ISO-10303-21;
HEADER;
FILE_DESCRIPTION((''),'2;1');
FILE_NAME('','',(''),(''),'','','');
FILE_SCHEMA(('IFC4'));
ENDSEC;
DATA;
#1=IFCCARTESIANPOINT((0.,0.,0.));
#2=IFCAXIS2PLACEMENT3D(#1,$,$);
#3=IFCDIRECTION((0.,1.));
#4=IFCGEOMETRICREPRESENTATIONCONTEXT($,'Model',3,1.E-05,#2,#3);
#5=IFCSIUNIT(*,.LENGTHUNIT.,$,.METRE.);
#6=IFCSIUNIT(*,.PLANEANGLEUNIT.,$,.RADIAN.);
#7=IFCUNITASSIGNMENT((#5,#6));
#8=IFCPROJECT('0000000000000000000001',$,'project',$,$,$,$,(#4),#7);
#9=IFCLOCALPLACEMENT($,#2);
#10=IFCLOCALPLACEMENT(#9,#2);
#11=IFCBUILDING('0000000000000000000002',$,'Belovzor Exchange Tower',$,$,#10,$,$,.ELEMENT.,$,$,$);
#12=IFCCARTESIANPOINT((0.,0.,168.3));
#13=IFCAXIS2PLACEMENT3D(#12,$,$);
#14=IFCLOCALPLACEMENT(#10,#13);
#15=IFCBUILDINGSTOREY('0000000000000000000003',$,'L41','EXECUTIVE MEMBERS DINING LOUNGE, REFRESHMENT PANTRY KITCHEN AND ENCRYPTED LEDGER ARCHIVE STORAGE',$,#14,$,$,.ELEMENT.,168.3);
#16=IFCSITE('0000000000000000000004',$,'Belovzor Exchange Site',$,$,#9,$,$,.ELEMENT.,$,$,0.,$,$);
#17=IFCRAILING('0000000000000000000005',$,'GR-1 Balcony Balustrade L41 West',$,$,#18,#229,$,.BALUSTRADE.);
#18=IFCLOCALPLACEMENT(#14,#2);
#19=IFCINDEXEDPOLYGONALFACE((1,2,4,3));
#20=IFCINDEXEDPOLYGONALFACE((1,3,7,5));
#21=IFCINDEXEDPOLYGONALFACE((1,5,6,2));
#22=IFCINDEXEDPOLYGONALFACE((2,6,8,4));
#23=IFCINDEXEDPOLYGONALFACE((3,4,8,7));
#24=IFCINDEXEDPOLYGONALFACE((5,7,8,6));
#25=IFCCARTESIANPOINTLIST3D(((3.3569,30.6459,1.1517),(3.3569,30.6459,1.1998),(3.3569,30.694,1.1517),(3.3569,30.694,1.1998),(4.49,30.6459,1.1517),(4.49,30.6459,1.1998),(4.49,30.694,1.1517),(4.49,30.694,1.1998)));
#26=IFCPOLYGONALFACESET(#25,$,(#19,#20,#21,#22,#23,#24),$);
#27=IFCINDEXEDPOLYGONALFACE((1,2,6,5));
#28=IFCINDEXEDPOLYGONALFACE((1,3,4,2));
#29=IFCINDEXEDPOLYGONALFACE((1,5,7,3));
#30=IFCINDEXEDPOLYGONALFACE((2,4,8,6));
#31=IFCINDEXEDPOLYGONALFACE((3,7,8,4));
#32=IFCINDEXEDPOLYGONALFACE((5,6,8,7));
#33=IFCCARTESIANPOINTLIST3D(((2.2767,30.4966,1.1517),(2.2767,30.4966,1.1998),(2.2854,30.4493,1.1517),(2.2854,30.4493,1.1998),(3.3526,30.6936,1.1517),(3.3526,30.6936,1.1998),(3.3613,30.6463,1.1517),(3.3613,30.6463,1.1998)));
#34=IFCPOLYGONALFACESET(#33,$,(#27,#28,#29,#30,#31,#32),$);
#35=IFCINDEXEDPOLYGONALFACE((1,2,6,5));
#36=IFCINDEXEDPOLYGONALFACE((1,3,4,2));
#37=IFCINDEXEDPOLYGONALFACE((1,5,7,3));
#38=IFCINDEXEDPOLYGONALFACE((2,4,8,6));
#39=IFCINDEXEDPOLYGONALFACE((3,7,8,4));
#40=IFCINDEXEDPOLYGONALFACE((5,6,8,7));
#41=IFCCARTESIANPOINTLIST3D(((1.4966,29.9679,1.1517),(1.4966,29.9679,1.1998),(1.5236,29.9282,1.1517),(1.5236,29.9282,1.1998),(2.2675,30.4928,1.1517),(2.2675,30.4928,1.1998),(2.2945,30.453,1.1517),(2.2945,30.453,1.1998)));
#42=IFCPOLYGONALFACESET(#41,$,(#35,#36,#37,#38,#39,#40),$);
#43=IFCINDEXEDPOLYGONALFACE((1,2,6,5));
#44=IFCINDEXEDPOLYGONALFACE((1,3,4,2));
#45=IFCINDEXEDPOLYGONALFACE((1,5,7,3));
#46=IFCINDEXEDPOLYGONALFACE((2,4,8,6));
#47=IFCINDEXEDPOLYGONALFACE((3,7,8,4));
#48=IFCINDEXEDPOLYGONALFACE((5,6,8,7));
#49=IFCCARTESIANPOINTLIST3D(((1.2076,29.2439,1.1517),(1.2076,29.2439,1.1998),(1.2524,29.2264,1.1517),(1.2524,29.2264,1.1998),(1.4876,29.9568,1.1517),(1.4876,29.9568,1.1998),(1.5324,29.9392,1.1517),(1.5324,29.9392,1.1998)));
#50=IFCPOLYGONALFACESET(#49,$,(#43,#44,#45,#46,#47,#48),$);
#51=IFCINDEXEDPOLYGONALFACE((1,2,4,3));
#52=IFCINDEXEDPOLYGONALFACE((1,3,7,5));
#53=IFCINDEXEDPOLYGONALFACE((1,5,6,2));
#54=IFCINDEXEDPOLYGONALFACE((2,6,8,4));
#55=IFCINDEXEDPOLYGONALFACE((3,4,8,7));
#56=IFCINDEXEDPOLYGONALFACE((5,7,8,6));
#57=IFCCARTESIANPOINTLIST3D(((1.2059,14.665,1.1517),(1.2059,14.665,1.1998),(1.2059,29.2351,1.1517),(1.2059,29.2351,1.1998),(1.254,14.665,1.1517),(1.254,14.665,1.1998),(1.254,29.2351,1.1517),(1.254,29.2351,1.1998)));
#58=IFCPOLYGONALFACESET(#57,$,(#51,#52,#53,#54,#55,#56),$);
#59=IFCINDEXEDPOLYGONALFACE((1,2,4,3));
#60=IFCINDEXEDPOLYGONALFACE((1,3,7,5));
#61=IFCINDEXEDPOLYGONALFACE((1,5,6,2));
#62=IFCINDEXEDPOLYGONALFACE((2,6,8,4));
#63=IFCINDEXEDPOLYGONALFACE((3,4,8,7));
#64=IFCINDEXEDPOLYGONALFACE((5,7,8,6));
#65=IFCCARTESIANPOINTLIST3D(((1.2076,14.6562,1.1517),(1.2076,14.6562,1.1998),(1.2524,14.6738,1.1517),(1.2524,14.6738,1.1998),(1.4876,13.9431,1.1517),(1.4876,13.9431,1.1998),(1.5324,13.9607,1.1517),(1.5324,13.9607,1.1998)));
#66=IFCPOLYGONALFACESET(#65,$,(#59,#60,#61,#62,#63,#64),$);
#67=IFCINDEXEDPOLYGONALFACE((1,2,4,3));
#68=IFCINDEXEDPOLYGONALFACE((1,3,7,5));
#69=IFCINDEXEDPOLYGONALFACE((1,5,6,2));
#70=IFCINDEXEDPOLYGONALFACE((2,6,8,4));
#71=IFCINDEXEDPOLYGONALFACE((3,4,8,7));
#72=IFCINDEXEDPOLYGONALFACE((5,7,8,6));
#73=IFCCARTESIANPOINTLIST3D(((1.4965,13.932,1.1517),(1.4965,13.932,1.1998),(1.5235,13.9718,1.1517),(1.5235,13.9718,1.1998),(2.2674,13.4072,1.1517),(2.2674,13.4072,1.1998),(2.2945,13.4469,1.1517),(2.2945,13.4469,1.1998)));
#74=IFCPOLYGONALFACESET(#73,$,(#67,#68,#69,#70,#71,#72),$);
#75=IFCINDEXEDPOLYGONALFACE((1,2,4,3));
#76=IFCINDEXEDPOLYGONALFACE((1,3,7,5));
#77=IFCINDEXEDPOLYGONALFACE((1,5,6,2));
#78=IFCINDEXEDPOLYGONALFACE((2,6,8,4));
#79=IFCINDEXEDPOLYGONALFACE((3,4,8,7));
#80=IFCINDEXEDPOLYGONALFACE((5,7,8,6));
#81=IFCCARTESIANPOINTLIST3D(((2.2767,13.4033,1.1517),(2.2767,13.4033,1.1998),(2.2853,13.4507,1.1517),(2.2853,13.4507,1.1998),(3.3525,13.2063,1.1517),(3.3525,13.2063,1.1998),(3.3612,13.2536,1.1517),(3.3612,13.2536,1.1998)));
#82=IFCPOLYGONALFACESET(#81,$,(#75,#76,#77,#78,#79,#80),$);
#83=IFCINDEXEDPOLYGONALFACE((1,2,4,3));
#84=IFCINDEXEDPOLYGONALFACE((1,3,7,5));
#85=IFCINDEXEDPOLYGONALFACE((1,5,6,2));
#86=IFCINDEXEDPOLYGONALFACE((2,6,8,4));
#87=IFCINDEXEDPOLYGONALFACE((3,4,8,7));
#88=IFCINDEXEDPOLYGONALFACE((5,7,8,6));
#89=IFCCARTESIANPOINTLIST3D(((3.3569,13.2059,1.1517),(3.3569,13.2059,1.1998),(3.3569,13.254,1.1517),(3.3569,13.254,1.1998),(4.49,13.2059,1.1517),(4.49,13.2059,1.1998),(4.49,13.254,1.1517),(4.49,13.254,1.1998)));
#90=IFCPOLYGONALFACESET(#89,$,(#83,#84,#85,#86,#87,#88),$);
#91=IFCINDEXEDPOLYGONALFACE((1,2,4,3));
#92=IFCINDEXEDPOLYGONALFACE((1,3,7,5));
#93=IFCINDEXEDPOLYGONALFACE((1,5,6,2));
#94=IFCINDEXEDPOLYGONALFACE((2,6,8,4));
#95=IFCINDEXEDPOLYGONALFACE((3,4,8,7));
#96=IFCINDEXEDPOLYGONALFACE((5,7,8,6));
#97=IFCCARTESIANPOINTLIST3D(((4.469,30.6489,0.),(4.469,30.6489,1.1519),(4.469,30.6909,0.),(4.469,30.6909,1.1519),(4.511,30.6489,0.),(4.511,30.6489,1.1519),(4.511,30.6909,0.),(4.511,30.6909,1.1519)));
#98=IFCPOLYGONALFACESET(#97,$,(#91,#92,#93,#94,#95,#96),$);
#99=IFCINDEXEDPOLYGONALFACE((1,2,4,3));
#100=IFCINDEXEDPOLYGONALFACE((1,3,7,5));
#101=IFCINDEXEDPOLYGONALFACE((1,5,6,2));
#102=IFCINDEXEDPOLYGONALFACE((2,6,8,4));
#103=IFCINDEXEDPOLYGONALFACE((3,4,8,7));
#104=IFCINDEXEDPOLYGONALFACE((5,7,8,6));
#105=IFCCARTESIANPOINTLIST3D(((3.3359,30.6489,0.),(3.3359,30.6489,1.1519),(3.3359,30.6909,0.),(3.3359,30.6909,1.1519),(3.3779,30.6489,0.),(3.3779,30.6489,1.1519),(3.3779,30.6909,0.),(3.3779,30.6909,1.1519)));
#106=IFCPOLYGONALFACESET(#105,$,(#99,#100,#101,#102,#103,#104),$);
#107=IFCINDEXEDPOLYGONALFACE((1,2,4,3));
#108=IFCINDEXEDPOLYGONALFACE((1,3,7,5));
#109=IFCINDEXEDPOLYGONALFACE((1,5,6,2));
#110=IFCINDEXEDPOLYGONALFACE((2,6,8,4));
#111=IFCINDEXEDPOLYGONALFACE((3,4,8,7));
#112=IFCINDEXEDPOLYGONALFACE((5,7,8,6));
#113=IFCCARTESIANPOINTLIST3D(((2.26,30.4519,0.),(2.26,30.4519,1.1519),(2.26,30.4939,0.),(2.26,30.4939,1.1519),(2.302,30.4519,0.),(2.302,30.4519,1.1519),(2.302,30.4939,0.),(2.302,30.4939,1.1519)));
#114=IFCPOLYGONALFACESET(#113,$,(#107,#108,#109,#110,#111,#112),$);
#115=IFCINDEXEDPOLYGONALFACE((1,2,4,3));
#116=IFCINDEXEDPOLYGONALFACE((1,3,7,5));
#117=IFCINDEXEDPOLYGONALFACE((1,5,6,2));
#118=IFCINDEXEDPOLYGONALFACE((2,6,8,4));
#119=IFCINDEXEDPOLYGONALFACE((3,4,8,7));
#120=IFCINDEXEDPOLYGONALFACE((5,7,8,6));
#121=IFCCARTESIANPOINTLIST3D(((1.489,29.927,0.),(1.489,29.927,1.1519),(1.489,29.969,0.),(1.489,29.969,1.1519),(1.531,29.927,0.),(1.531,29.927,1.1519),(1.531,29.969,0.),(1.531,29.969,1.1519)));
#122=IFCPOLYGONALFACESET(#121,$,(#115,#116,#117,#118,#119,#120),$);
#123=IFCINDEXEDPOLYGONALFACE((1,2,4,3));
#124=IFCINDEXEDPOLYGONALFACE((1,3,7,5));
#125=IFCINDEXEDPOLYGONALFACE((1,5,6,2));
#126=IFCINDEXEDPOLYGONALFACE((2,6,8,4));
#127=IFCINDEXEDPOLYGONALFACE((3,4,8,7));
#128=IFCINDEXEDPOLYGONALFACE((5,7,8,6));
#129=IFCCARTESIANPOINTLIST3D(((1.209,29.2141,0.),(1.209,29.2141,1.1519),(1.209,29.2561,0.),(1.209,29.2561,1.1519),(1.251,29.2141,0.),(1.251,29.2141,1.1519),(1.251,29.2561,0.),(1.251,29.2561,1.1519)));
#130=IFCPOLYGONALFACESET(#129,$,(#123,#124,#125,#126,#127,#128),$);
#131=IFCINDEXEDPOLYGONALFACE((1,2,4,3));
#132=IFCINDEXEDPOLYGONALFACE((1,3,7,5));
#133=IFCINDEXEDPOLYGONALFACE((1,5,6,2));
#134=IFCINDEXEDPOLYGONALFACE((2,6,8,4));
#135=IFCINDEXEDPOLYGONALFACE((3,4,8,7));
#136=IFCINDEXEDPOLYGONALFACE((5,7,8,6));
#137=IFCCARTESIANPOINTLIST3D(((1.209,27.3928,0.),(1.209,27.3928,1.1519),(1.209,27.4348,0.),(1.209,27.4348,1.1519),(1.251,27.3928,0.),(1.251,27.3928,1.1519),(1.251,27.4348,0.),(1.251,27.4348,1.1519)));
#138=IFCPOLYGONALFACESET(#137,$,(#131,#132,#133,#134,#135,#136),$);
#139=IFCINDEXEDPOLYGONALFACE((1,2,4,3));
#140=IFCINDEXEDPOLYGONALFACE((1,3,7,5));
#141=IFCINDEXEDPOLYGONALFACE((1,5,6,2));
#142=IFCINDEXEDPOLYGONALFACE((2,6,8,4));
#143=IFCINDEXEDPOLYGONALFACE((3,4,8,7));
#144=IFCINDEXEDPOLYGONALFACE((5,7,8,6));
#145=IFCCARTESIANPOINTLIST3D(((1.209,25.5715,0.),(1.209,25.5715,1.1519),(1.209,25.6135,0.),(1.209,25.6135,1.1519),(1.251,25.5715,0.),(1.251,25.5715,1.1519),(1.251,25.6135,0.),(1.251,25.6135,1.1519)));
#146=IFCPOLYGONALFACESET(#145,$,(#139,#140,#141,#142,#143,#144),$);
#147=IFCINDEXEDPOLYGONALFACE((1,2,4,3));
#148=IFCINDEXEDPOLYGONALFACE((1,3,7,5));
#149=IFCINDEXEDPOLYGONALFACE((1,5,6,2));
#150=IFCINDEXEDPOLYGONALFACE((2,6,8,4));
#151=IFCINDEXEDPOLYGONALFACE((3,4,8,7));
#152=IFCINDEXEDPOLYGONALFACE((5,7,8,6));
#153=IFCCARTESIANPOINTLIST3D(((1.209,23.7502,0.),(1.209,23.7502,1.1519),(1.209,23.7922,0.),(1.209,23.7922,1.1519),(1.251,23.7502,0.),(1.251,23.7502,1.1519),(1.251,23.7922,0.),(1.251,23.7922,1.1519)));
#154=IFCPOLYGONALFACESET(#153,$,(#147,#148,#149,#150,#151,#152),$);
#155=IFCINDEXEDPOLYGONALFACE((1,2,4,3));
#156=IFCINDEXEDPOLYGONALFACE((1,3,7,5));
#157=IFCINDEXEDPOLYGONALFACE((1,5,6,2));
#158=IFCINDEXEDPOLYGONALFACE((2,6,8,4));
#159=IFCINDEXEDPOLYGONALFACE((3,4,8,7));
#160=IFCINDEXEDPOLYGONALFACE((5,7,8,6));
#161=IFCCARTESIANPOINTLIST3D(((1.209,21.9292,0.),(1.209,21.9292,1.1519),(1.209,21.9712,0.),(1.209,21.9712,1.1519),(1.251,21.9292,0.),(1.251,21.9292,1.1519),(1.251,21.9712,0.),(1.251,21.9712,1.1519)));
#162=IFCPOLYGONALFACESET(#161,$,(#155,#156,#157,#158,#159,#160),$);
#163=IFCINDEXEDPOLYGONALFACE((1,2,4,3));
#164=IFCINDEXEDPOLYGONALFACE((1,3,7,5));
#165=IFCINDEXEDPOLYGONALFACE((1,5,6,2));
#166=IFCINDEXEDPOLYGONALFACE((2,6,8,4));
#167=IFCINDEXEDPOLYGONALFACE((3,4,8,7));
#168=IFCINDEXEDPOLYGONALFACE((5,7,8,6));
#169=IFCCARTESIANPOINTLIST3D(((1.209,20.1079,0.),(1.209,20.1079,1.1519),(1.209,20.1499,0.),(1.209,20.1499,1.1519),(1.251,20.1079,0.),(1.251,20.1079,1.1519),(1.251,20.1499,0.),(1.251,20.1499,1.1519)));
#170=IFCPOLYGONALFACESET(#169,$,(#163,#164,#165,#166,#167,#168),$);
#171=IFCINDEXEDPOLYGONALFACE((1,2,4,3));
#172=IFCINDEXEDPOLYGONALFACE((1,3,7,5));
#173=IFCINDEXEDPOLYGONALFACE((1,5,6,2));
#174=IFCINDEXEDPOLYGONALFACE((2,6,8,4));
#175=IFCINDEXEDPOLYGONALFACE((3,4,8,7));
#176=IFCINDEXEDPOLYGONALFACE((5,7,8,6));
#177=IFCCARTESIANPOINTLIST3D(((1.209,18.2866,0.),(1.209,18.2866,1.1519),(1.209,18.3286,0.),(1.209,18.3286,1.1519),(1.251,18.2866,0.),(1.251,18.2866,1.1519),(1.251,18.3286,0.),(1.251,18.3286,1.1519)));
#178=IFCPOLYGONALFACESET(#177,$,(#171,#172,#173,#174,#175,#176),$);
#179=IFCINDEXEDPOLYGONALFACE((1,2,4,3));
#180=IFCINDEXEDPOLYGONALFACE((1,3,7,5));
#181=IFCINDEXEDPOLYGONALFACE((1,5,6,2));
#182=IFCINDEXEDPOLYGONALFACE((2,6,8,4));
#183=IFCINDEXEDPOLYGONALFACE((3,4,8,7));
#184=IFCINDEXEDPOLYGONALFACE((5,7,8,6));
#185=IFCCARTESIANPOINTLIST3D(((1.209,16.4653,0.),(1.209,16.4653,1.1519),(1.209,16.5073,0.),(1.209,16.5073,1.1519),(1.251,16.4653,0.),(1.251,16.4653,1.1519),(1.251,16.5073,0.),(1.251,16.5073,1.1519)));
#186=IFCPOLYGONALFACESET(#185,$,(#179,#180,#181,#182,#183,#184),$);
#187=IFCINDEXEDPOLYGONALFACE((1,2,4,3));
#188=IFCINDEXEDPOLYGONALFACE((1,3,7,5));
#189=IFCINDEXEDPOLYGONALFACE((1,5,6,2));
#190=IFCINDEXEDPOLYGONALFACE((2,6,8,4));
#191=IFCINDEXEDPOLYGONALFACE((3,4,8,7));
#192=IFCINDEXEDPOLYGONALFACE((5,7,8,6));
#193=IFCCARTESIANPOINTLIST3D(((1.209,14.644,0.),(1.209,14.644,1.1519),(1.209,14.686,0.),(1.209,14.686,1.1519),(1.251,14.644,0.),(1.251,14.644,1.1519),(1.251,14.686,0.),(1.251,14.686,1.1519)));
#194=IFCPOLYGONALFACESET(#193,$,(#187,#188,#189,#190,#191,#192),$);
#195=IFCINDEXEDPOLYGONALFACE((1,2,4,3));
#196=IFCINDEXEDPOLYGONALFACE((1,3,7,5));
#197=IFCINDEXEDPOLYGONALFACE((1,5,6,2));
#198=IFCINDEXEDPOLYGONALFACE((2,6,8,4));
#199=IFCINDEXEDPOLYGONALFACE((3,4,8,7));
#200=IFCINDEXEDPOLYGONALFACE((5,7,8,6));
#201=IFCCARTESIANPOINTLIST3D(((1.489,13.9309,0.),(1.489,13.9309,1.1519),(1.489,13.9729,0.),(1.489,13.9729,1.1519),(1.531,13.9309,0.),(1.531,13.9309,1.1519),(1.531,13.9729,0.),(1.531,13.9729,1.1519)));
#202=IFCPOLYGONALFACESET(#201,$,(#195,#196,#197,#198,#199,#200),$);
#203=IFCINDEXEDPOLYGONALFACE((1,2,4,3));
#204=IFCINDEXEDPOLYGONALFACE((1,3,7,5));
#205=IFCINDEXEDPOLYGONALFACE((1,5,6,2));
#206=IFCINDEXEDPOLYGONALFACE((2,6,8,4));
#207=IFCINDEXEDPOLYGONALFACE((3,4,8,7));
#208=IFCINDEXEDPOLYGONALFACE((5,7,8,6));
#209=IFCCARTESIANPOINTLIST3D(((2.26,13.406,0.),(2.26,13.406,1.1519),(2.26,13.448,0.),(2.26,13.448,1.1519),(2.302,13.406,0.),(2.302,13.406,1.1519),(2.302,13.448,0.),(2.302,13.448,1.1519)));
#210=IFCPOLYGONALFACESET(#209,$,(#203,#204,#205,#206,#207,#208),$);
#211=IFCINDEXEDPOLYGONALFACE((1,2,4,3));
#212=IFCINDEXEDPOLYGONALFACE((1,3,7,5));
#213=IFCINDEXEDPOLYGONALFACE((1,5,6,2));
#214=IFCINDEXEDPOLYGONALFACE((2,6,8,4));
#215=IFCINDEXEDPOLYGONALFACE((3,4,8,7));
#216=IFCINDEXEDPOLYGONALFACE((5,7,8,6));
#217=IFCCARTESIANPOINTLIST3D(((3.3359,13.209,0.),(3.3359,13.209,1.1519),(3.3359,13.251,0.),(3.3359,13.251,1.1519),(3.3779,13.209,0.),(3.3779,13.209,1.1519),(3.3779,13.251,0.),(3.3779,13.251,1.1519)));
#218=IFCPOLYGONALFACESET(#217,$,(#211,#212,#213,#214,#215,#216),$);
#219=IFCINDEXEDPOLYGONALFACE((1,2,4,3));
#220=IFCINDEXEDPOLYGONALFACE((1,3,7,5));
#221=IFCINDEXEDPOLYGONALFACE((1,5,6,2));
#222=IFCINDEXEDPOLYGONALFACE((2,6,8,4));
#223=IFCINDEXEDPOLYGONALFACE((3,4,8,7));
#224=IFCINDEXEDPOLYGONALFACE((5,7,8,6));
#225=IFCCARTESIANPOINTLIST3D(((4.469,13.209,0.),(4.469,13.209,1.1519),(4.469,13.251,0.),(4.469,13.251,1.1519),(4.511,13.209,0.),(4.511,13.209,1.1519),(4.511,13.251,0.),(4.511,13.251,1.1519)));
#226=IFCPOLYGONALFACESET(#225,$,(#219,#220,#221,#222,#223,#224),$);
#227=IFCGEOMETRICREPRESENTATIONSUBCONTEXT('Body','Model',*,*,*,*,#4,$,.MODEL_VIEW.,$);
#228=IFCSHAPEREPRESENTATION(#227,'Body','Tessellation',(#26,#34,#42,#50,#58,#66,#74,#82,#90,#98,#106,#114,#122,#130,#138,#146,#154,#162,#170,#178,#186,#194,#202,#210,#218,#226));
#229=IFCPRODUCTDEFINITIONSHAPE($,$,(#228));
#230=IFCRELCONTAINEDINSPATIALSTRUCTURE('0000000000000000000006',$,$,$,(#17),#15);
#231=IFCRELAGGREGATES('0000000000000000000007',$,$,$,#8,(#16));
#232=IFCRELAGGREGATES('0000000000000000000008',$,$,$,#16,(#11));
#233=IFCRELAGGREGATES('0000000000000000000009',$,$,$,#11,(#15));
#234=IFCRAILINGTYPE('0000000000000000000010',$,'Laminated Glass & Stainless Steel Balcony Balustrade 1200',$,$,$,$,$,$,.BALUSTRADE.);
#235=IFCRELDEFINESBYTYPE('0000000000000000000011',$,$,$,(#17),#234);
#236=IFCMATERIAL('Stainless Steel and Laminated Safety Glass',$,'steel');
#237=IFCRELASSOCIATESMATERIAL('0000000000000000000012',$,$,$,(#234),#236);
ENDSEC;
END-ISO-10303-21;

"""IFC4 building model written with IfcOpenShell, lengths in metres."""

from ifc_helpers import new_model, si_unit, direction, frame, origin, origin_2d, place, context, subcontext, project, spatial, rectangle, extrude, material, type_object, element, save


model = new_model("IFC4")

# Units and contexts
model_context = context("Model", 3, precision=1e-05, world=origin(), true_north=direction((0.0, 1.0)))
body_context = subcontext(model_context, "Body", "Model", "MODEL_VIEW")
ifc_project = project(units=[si_unit("LENGTHUNIT", "METRE"), si_unit("PLANEANGLEUNIT", "RADIAN")], contexts=[model_context])

# Site, building, storey
site_placement = place(None, origin())
site = spatial("IfcSite", under=ifc_project, at=site_placement, Name="Belovzor Exchange Site", CompositionType="ELEMENT", RefElevation=0.0)
building_placement = place(site_placement, origin())
building = spatial("IfcBuilding", under=site, at=building_placement, Name="Belovzor Exchange Tower", CompositionType="ELEMENT")
storey_placement = place(building_placement, frame((0.0, 0.0, 168.3)))
storey = spatial("IfcBuildingStorey", under=building, at=storey_placement, Name="L41", Description="EXECUTIVE MEMBERS DINING LOUNGE, REFRESHMENT PANTRY KITCHEN AND ENCRYPTED LEDGER ARCHIVE STORAGE", CompositionType="ELEMENT", Elevation=168.3)

# Railing
ifc_material_1 = material(Name="Stainless Steel and Laminated Safety Glass", Category="steel")
railing_type = type_object("IfcRailingType", Name="Laminated Glass & Stainless Steel Balcony Balustrade 1200", PredefinedType="BALUSTRADE", material=ifc_material_1)
railing_placement = place(storey_placement, frame((4.49, 30.6699, 0.0)))
element("IfcRailing", 1, at=railing_placement, inside=storey, type_object=railing_type, Name="GR-1 Balcony Balustrade L41 West", PredefinedType="BALUSTRADE", context=body_context, shape_type="SweptSolid", body=[
    extrude(rectangle(XDim=0.0481, YDim=0.0481, at=origin_2d()), frame((0.0, 0.0, 1.1758), z_axis=(-1.0, 0.0, 0.0), x_axis=(0.0, -1.0, 0.0)), (0.0, 0.0, 1.0), 1.1331),
    extrude(rectangle(XDim=0.0481, YDim=0.0481, at=origin_2d()), frame((-1.1331, 0.0, 1.1758), z_axis=(-0.983644, -0.180123, 0.0), x_axis=(0.180123, -0.983644, 0.0)), (0.0, 0.0, 1.0), 1.0938),
    extrude(rectangle(XDim=0.0481, YDim=0.0481, at=origin_2d()), frame((-2.209, -0.197, 1.1758), z_axis=(-0.826615, -0.562768, 0.0), x_axis=(0.562768, -0.826615, 0.0)), (0.0, 0.0, 1.0), 0.9326),
    extrude(rectangle(XDim=0.0481, YDim=0.0481, at=origin_2d()), frame((-2.98, -0.7219, 1.1758), z_axis=(-0.365613, -0.930767, 0.0), x_axis=(0.930767, -0.365613, 0.0)), (0.0, 0.0, 1.0), 0.7659),
    extrude(rectangle(XDim=0.0481, YDim=0.0481, at=origin_2d()), frame((-3.26, -1.4348, 1.1758), z_axis=(0.0, -1.0, 0.0), x_axis=(1.0, 0.0, 0.0)), (0.0, 0.0, 1.0), 14.5701),
    extrude(rectangle(XDim=0.0481, YDim=0.0481, at=origin_2d()), frame((-3.26, -16.0049, 1.1758), z_axis=(0.365504, -0.93081, 0.0), x_axis=(0.93081, 0.365504, 0.0)), (0.0, 0.0, 1.0), 0.7661),
    extrude(rectangle(XDim=0.0481, YDim=0.0481, at=origin_2d()), frame((-2.98, -16.718, 1.1758), z_axis=(0.826615, -0.562768, 0.0), x_axis=(0.562768, 0.826615, 0.0)), (0.0, 0.0, 1.0), 0.9326),
    extrude(rectangle(XDim=0.0481, YDim=0.0481, at=origin_2d()), frame((-2.209, -17.2429, 1.1758), z_axis=(0.983644, -0.180123, 0.0), x_axis=(0.180123, 0.983644, 0.0)), (0.0, 0.0, 1.0), 1.0938),
    extrude(rectangle(XDim=0.0481, YDim=0.0481, at=origin_2d()), frame((-1.1331, -17.4399, 1.1758), z_axis=(1.0, 0.0, 0.0), x_axis=(0.0, 1.0, 0.0)), (0.0, 0.0, 1.0), 1.1331),
    extrude(rectangle(XDim=0.042, YDim=0.042, at=origin_2d()), origin(), (0.0, 0.0, 1.0), 1.1519),
    extrude(rectangle(XDim=0.042, YDim=0.042, at=origin_2d()), frame((-1.1331, 0.0, 0.0)), (0.0, 0.0, 1.0), 1.1519),
    extrude(rectangle(XDim=0.042, YDim=0.042, at=origin_2d()), frame((-2.209, -0.197, 0.0)), (0.0, 0.0, 1.0), 1.1519),
    extrude(rectangle(XDim=0.042, YDim=0.042, at=origin_2d()), frame((-2.98, -0.7219, 0.0)), (0.0, 0.0, 1.0), 1.1519),
    extrude(rectangle(XDim=0.042, YDim=0.042, at=origin_2d()), frame((-3.26, -1.4348, 0.0)), (0.0, 0.0, 1.0), 1.1519),
    extrude(rectangle(XDim=0.042, YDim=0.042, at=origin_2d()), frame((-3.26, -3.2561, 0.0)), (0.0, 0.0, 1.0), 1.1519),
    extrude(rectangle(XDim=0.042, YDim=0.042, at=origin_2d()), frame((-3.26, -5.0774, 0.0)), (0.0, 0.0, 1.0), 1.1519),
    extrude(rectangle(XDim=0.042, YDim=0.042, at=origin_2d()), frame((-3.26, -6.8987, 0.0)), (0.0, 0.0, 1.0), 1.1519),
    extrude(rectangle(XDim=0.042, YDim=0.042, at=origin_2d()), frame((-3.26, -8.7197, 0.0)), (0.0, 0.0, 1.0), 1.1519),
    extrude(rectangle(XDim=0.042, YDim=0.042, at=origin_2d()), frame((-3.26, -10.541, 0.0)), (0.0, 0.0, 1.0), 1.1519),
    extrude(rectangle(XDim=0.042, YDim=0.042, at=origin_2d()), frame((-3.26, -12.3623, 0.0)), (0.0, 0.0, 1.0), 1.1519),
    extrude(rectangle(XDim=0.042, YDim=0.042, at=origin_2d()), frame((-3.26, -14.1836, 0.0)), (0.0, 0.0, 1.0), 1.1519),
    extrude(rectangle(XDim=0.042, YDim=0.042, at=origin_2d()), frame((-3.26, -16.0049, 0.0)), (0.0, 0.0, 1.0), 1.1519),
    extrude(rectangle(XDim=0.042, YDim=0.042, at=origin_2d()), frame((-2.98, -16.718, 0.0)), (0.0, 0.0, 1.0), 1.1519),
    extrude(rectangle(XDim=0.042, YDim=0.042, at=origin_2d()), frame((-2.209, -17.2429, 0.0)), (0.0, 0.0, 1.0), 1.1519),
    extrude(rectangle(XDim=0.042, YDim=0.042, at=origin_2d()), frame((-1.1331, -17.4399, 0.0)), (0.0, 0.0, 1.0), 1.1519),
    extrude(rectangle(XDim=0.042, YDim=0.042, at=origin_2d()), frame((0.0, -17.4399, 0.0)), (0.0, 0.0, 1.0), 1.1519),
])

save(model, "model.ifc")
